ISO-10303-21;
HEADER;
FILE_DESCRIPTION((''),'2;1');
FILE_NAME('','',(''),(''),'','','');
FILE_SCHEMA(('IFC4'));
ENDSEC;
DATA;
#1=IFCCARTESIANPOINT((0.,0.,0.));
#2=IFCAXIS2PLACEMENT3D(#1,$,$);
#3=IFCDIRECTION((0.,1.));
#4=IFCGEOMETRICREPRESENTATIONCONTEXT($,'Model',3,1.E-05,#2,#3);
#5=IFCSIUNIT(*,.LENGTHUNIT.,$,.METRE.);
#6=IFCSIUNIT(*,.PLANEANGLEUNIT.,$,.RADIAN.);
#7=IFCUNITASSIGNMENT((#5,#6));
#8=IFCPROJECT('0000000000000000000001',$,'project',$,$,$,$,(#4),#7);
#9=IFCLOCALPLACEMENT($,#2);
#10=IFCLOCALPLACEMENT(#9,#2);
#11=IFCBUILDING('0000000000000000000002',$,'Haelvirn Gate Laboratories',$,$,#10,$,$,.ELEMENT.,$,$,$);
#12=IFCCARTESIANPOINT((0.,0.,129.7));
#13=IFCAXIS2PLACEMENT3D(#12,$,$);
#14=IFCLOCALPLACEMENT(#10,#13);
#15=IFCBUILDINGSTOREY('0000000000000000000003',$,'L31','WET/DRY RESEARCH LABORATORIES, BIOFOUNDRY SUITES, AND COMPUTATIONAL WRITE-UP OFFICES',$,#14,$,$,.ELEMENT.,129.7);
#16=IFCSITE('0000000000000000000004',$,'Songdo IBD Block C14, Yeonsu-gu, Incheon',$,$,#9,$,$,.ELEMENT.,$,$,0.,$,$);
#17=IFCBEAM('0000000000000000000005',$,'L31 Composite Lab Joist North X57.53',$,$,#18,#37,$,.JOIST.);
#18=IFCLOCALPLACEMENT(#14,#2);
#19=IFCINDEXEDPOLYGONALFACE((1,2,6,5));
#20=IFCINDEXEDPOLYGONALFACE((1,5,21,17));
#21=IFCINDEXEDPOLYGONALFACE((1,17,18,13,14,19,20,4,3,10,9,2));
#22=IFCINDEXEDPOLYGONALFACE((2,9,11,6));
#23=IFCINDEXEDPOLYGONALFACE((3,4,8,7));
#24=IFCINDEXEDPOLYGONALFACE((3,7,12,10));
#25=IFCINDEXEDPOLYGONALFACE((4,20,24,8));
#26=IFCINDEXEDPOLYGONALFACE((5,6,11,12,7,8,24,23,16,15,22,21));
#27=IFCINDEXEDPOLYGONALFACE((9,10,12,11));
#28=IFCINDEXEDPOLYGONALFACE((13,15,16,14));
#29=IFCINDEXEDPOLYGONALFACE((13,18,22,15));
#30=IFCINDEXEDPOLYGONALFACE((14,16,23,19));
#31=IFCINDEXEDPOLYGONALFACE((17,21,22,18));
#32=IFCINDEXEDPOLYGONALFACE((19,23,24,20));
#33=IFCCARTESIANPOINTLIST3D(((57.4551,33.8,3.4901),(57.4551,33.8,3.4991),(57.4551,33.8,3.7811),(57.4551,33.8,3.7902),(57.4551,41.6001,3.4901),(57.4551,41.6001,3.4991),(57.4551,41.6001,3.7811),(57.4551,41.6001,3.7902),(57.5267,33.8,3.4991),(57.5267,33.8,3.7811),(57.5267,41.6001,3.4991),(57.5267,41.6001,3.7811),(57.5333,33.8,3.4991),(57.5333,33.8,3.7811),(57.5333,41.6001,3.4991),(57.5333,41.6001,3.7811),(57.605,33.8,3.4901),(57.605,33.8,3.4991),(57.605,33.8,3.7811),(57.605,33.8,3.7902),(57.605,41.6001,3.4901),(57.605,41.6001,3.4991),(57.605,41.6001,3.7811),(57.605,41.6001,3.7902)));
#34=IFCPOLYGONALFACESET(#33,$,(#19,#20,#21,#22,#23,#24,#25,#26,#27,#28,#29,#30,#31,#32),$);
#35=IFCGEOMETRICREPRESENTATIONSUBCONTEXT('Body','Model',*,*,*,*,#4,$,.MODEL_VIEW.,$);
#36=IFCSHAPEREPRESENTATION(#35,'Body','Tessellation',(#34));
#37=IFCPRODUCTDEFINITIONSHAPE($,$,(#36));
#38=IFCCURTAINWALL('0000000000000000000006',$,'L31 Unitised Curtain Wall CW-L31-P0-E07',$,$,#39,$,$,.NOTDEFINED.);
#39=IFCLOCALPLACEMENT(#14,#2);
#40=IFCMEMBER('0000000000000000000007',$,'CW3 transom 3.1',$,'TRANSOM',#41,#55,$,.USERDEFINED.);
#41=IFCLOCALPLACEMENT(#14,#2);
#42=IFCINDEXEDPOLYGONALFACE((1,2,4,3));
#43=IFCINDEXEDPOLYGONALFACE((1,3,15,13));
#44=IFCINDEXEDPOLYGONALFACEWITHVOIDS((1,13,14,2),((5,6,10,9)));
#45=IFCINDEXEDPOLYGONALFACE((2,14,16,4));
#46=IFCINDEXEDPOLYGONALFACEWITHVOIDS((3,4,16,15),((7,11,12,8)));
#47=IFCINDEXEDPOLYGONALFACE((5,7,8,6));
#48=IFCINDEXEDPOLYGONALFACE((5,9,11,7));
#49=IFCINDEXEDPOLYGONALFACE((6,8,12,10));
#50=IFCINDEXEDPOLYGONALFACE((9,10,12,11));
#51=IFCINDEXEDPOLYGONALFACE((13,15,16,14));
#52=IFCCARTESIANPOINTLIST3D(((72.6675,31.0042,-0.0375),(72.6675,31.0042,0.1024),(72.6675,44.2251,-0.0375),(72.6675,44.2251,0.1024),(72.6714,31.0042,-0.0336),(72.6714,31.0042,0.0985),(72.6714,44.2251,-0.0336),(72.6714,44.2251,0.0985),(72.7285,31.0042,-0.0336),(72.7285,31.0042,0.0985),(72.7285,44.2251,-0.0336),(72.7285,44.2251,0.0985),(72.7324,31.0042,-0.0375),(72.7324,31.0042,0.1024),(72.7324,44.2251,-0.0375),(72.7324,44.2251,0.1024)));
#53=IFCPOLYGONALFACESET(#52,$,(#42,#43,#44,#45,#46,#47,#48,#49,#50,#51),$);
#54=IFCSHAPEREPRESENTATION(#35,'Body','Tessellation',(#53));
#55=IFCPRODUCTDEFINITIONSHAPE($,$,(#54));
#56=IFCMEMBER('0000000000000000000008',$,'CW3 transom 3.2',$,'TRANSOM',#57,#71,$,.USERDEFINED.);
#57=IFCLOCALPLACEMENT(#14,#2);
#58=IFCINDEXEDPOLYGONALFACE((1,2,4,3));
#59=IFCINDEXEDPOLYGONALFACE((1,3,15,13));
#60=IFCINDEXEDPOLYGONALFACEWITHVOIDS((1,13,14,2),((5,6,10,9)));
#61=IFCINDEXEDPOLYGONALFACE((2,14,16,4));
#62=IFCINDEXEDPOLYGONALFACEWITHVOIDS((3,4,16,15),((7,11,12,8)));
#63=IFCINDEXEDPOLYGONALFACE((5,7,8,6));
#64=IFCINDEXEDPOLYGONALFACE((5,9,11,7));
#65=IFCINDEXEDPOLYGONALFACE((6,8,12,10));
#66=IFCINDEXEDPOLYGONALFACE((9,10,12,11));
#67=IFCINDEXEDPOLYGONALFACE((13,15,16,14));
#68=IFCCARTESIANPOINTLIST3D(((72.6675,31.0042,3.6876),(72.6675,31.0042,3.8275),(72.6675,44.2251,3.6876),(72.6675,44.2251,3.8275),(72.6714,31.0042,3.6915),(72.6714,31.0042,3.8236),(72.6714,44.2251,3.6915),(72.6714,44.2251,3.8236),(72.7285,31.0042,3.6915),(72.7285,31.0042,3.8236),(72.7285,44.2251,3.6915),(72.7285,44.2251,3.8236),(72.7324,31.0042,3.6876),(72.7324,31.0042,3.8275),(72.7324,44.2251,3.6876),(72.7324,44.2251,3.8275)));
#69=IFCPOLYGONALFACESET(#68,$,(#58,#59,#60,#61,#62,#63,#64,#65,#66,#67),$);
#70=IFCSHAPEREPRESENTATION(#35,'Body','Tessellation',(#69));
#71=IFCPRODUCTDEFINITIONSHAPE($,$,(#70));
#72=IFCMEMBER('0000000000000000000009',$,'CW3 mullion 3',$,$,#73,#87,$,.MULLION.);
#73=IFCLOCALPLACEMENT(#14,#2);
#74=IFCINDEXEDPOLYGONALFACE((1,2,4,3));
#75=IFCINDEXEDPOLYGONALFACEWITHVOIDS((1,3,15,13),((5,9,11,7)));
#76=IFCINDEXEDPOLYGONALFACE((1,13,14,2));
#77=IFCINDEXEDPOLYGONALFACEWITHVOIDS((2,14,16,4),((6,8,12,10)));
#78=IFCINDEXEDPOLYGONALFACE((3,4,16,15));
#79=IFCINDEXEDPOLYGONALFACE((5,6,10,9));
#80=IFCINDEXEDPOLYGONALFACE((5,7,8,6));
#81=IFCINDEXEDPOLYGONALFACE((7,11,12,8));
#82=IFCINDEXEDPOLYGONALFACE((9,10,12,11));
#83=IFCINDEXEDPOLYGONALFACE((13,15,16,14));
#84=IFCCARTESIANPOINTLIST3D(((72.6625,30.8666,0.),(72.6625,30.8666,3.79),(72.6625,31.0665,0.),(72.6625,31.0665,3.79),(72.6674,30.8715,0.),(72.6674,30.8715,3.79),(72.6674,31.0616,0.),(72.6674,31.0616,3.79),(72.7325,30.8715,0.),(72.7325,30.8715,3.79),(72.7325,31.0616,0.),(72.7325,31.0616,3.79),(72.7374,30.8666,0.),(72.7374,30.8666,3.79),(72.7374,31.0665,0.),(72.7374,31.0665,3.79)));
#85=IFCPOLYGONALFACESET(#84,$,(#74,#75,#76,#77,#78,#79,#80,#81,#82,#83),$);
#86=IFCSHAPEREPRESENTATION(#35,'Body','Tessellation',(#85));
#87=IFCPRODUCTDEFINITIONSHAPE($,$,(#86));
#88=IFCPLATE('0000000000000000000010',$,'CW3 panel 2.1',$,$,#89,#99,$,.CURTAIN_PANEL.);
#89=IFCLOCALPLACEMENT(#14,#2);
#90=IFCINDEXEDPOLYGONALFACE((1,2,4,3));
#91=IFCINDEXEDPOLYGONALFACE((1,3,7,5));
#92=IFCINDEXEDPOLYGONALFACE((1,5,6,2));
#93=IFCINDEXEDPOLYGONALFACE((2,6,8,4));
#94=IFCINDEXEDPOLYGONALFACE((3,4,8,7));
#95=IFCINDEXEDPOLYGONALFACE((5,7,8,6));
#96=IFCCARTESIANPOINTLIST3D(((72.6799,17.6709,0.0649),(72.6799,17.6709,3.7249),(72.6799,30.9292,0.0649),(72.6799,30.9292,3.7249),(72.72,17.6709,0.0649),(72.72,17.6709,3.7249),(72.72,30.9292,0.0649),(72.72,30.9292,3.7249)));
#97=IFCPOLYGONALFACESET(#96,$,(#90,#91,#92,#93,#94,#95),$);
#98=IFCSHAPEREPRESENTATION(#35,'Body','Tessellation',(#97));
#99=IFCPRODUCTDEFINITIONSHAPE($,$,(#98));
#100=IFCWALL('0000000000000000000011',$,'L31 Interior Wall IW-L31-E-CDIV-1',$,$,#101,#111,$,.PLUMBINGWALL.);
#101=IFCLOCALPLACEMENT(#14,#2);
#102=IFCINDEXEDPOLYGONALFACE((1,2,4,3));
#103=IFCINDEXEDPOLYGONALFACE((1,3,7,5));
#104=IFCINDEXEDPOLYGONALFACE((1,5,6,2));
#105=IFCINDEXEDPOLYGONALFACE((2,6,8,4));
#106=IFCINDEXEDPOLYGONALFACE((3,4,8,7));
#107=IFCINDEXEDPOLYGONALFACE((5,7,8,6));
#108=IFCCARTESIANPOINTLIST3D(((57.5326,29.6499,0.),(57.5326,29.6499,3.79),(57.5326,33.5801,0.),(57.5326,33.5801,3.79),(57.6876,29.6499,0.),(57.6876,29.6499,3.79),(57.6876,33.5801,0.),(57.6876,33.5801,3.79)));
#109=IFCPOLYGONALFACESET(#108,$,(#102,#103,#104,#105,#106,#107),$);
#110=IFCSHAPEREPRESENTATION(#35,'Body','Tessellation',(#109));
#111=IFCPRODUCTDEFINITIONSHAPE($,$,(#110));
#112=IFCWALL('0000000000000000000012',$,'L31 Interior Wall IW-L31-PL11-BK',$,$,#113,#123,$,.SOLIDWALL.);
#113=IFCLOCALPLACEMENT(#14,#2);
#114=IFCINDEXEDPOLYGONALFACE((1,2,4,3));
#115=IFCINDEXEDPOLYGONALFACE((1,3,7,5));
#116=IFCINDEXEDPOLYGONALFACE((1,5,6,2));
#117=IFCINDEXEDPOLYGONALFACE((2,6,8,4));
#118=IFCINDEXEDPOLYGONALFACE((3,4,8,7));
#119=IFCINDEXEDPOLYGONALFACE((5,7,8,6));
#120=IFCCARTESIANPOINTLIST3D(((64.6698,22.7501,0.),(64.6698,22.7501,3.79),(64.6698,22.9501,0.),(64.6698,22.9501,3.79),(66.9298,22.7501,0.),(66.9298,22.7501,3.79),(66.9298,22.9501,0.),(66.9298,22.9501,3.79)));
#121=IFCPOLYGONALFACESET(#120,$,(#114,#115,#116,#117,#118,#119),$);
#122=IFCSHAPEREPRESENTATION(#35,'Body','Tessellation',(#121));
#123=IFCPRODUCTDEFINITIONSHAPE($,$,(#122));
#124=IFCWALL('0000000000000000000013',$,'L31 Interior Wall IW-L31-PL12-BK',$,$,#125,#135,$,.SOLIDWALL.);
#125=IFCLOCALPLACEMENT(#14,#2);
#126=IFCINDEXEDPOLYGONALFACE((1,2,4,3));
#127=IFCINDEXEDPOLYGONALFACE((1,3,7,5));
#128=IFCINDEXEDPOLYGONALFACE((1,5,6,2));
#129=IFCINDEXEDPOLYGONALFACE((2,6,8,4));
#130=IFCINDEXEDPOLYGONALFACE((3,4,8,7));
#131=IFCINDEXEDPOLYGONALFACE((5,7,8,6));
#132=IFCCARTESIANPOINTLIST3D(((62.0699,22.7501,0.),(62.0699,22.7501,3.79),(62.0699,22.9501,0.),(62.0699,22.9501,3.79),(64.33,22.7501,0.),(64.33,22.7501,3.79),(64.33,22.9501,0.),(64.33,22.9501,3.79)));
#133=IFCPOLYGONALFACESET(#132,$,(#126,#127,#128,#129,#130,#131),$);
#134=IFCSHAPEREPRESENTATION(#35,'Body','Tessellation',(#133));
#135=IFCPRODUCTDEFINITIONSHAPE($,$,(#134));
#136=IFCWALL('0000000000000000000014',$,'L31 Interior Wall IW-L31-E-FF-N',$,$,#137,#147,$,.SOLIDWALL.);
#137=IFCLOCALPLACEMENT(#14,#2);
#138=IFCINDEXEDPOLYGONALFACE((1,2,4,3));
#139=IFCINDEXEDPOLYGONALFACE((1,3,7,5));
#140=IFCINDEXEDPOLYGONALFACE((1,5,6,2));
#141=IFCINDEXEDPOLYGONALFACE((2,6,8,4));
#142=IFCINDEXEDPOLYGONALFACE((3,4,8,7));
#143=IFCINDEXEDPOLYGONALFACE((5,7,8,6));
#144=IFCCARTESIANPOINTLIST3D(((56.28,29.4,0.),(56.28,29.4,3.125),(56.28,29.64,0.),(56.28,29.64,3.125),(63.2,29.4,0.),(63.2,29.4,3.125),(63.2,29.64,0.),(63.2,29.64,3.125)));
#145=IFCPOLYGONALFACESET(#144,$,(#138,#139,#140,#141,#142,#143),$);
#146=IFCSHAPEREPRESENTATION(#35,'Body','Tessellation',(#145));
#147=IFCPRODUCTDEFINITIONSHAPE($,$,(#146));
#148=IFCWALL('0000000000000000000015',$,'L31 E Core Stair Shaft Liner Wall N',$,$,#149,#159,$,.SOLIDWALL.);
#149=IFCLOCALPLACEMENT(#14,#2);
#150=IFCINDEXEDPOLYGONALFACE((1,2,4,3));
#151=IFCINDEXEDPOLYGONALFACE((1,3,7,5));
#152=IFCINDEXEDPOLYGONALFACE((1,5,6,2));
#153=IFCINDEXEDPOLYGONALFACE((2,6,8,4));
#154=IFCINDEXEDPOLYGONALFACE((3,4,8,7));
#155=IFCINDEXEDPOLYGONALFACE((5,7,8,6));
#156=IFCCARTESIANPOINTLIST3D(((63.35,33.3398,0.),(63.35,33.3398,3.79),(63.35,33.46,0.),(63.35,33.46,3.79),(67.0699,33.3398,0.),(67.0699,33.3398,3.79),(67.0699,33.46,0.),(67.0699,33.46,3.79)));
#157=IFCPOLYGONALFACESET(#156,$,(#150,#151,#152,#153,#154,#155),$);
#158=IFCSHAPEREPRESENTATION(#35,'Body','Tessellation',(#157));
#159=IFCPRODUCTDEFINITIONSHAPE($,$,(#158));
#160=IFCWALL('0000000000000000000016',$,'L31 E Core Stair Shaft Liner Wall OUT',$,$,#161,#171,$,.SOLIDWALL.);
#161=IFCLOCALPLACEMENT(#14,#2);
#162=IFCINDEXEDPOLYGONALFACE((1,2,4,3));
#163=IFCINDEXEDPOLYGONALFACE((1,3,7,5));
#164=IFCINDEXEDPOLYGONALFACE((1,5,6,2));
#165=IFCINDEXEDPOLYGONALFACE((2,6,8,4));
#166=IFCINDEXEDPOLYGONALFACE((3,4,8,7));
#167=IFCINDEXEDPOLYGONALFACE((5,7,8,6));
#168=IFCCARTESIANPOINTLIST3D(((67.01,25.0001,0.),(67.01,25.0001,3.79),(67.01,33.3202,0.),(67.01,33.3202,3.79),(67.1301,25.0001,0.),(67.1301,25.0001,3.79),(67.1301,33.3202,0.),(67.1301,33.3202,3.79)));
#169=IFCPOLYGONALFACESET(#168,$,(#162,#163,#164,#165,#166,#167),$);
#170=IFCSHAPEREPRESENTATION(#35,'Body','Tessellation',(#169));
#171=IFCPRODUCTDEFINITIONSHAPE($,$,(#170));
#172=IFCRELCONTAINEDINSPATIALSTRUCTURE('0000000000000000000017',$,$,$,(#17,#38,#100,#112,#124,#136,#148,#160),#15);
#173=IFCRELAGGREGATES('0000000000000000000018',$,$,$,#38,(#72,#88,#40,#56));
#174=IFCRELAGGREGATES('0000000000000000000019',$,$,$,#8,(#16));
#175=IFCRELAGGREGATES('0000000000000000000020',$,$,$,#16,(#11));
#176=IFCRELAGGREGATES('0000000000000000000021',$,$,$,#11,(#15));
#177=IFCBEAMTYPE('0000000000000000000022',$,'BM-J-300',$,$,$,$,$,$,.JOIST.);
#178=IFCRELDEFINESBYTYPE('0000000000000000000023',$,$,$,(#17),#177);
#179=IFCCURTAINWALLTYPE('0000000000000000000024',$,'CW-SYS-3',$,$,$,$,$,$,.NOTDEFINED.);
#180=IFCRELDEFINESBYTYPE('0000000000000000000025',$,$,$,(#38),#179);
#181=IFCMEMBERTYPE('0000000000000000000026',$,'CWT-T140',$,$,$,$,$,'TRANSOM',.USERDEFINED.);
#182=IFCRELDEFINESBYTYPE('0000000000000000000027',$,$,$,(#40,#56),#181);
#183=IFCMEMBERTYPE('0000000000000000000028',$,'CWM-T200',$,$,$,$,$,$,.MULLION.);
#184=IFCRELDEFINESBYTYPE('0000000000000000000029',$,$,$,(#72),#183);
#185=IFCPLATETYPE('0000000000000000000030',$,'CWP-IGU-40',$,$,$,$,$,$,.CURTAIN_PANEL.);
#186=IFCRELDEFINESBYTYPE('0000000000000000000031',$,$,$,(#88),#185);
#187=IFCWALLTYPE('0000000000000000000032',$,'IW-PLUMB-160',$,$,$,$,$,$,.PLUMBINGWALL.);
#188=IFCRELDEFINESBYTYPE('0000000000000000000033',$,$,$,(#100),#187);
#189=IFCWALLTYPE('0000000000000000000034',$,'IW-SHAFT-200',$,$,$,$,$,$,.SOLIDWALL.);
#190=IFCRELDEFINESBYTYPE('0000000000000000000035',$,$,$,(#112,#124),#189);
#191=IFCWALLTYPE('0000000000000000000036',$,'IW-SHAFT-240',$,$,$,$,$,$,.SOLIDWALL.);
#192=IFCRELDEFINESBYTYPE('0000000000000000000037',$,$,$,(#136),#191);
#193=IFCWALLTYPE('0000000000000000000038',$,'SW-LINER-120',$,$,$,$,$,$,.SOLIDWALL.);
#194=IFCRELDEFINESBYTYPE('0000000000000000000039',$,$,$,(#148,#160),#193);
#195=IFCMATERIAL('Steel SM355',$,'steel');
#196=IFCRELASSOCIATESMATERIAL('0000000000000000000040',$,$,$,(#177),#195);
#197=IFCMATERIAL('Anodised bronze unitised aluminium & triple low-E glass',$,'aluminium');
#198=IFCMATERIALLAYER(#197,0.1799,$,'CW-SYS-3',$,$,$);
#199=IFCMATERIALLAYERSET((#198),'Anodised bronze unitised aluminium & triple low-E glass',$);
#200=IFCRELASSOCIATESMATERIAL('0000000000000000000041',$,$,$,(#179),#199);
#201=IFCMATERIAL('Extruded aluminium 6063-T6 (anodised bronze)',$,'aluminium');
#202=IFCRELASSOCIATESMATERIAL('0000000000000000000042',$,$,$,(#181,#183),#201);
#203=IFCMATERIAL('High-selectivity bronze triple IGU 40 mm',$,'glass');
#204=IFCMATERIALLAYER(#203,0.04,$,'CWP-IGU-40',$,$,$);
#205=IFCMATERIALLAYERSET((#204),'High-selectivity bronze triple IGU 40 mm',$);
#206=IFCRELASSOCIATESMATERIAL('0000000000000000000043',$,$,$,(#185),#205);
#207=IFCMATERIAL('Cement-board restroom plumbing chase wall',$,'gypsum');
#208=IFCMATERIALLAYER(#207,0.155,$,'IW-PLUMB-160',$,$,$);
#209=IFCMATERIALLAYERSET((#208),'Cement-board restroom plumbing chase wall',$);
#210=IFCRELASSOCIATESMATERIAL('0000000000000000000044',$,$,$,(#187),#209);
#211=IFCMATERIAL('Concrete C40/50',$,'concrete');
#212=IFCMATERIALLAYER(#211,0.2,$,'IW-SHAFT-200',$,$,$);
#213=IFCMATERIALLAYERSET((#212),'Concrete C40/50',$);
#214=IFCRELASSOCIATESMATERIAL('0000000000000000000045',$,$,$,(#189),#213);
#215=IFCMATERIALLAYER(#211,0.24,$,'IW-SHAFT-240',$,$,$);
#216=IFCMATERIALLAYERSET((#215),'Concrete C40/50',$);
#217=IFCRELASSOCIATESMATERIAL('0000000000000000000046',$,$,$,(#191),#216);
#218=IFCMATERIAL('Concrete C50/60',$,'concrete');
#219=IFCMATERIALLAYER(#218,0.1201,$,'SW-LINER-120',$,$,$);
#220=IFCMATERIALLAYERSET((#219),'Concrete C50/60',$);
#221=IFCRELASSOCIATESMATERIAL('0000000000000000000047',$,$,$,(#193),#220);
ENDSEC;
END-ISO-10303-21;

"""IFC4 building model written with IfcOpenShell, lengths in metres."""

from ifc_helpers import new_model, si_unit, direction, frame, frame_2d, origin, origin_2d, place, context, subcontext, project, spatial, rectangle, hollow_rectangle, i_section, extrude, source, transform, mapped, material, layer, layer_set, material_profile, profile_set, type_object, type_shapes, element, aggregate, save


model = new_model("IFC4")

# Units and contexts
model_context = context("Model", 3, precision=1e-05, world=origin(), true_north=direction((0.0, 1.0)))
body_context = subcontext(model_context, "Body", "Model", "MODEL_VIEW")
ifc_project = project(units=[si_unit("LENGTHUNIT", "METRE"), si_unit("PLANEANGLEUNIT", "RADIAN")], contexts=[model_context])

# Site, building, storey
site_placement = place(None, origin())
site = spatial("IfcSite", under=ifc_project, at=site_placement, Name="Songdo IBD Block C14, Yeonsu-gu, Incheon", CompositionType="ELEMENT", RefElevation=0.0)
building_placement = place(site_placement, origin())
building = spatial("IfcBuilding", under=site, at=building_placement, Name="Haelvirn Gate Laboratories", CompositionType="ELEMENT")
storey_placement = place(building_placement, frame((0.0, 0.0, 129.7)))
storey = spatial("IfcBuildingStorey", under=building, at=storey_placement, Name="L31", Description="WET/DRY RESEARCH LABORATORIES, BIOFOUNDRY SUITES, AND COMPUTATIONAL WRITE-UP OFFICES", CompositionType="ELEMENT", Elevation=129.7)

# Beam
ifc_material_1 = material(Name="Steel SM355", Category="steel")
ifc_material_profile_1 = material_profile(ifc_material_1, i_section(OverallWidth=0.1499, OverallDepth=0.3, WebThickness=0.0066, FlangeThickness=0.009, at=origin_2d()), Name="H-300x150x6.5x9")
ifc_profile_set_1 = profile_set([ifc_material_profile_1], Name="Steel SM355")
beam_type = type_object("IfcBeamType", Name="BM-J-300", PredefinedType="JOIST", material=ifc_profile_set_1)
shared_shape_1 = source(origin(), body_context, "Body", "SweptSolid", [
    extrude(i_section(OverallWidth=0.1499, OverallDepth=0.3, WebThickness=0.0066, FlangeThickness=0.009, at=origin_2d()), origin(), (0.0, 0.0, 1.0), 7.8),
])
type_shapes(beam_type, [shared_shape_1])
beam_placement = place(storey_placement, frame((57.53, 33.8, 3.6401), z_axis=(0.0, 1.0, 0.0), x_axis=(-1.0, 0.0, 0.0)))
element("IfcBeam", 1, at=beam_placement, inside=storey, type_object=beam_type, Name="L31 Composite Lab Joist North X57.53", PredefinedType="JOIST", context=body_context, shape_type="MappedRepresentation", body=[
    mapped(shared_shape_1, transform((0.0, 0.0, 0.0), scale=1.0)),
])

# Curtain wall, members, plate
ifc_material_2 = material(Name="Anodised bronze unitised aluminium & triple low-E glass", Category="aluminium")
ifc_layer_1 = layer(ifc_material_2, 0.1799, Name="CW-SYS-3")
ifc_layer_set_1 = layer_set([ifc_layer_1], Name="Anodised bronze unitised aluminium & triple low-E glass")
curtain_wall_type = type_object("IfcCurtainWallType", Name="CW-SYS-3", PredefinedType="NOTDEFINED", material=ifc_layer_set_1)
curtain_wall_placement = place(storey_placement, origin())
curtain_wall = element("IfcCurtainWall", 2, at=curtain_wall_placement, inside=storey, type_object=curtain_wall_type, Name="L31 Unitised Curtain Wall CW-L31-P0-E07", PredefinedType="NOTDEFINED")
ifc_material_3 = material(Name="Extruded aluminium 6063-T6 (anodised bronze)", Category="aluminium")
ifc_material_profile_2 = material_profile(ifc_material_3, hollow_rectangle(XDim=0.0649, YDim=0.1399, WallThickness=0.0039, at=origin_2d()), Name="CWT-140x65x4")
ifc_profile_set_2 = profile_set([ifc_material_profile_2], Name="Extruded aluminium 6063-T6 (anodised bronze)")
member_type_1 = type_object("IfcMemberType", Name="CWT-T140", ElementType="TRANSOM", PredefinedType="USERDEFINED", material=ifc_profile_set_2)
shared_shape_2 = source(origin(), body_context, "Body", "SweptSolid", [
    extrude(hollow_rectangle(XDim=0.0649, YDim=0.1399, WallThickness=0.0039, at=origin_2d()), origin(), (0.0, 0.0, 1.0), 13.2209),
])
type_shapes(member_type_1, [shared_shape_2])
member_1_placement = place(storey_placement, frame((72.7, 31.0042, 0.0325), z_axis=(0.0, 1.0, 0.0), x_axis=(-1.0, 0.0, 0.0)))
member_1 = element("IfcMember", 3, at=member_1_placement, type_object=member_type_1, Name="CW3 transom 3.1", ObjectType="TRANSOM", PredefinedType="USERDEFINED", context=body_context, shape_type="MappedRepresentation", body=[
    mapped(shared_shape_2, transform((0.0, 0.0, 0.0), scale=1.0)),
])
member_2_placement = place(storey_placement, frame((72.7, 31.0042, 3.7576), z_axis=(0.0, 1.0, 0.0), x_axis=(-1.0, 0.0, 0.0)))
member_2 = element("IfcMember", 4, at=member_2_placement, type_object=member_type_1, Name="CW3 transom 3.2", ObjectType="TRANSOM", PredefinedType="USERDEFINED", context=body_context, shape_type="MappedRepresentation", body=[
    mapped(shared_shape_2, transform((0.0, 0.0, 0.0), scale=1.0)),
])
ifc_material_profile_3 = material_profile(ifc_material_3, hollow_rectangle(XDim=0.075, YDim=0.2, WallThickness=0.0049, at=origin_2d()), Name="CWM-200x75x5")
ifc_profile_set_3 = profile_set([ifc_material_profile_3], Name="Extruded aluminium 6063-T6 (anodised bronze)")
member_type_2 = type_object("IfcMemberType", Name="CWM-T200", PredefinedType="MULLION", material=ifc_profile_set_3)
shared_shape_3 = source(origin(), body_context, "Body", "SweptSolid", [
    extrude(hollow_rectangle(XDim=0.075, YDim=0.2, WallThickness=0.0049, at=origin_2d()), origin(), (0.0, 0.0, 1.0), 3.79),
])
type_shapes(member_type_2, [shared_shape_3])
member_3_placement = place(storey_placement, frame((72.7, 30.9666, 0.0), z_axis=(0.0, 0.0, 1.0), x_axis=(-1.0, 0.0, 0.0)))
member_3 = element("IfcMember", 5, at=member_3_placement, type_object=member_type_2, Name="CW3 mullion 3", PredefinedType="MULLION", context=body_context, shape_type="MappedRepresentation", body=[
    mapped(shared_shape_3, transform((0.0, 0.0, 0.0), scale=1.0)),
])
ifc_material_4 = material(Name="High-selectivity bronze triple IGU 40 mm", Category="glass")
ifc_layer_2 = layer(ifc_material_4, 0.04, Name="CWP-IGU-40")
ifc_layer_set_2 = layer_set([ifc_layer_2], Name="High-selectivity bronze triple IGU 40 mm")
plate_type = type_object("IfcPlateType", Name="CWP-IGU-40", PredefinedType="CURTAIN_PANEL", material=ifc_layer_set_2)
shared_shape_4 = source(origin(), body_context, "Body", "SweptSolid", [
    extrude(rectangle(XDim=13.2583, YDim=0.04, at=origin_2d()), origin(), (0.0, 0.0, 1.0), 3.6599),
])
type_shapes(plate_type, [shared_shape_4])
plate_placement = place(storey_placement, frame((72.7, 24.3, 0.0649), z_axis=(0.0, 0.0, 1.0), x_axis=(0.0, 1.0, 0.0)))
plate = element("IfcPlate", 6, at=plate_placement, type_object=plate_type, Name="CW3 panel 2.1", PredefinedType="CURTAIN_PANEL", context=body_context, shape_type="MappedRepresentation", body=[
    mapped(shared_shape_4, transform((0.0, 0.0, 0.0), scale=1.0)),
])
aggregate(curtain_wall, [member_3, plate, member_1, member_2])

# Walls
ifc_material_5 = material(Name="Cement-board restroom plumbing chase wall", Category="gypsum")
ifc_layer_3 = layer(ifc_material_5, 0.155, Name="IW-PLUMB-160")
ifc_layer_set_3 = layer_set([ifc_layer_3], Name="Cement-board restroom plumbing chase wall")
wall_type_1 = type_object("IfcWallType", Name="IW-PLUMB-160", PredefinedType="PLUMBINGWALL", material=ifc_layer_set_3)
wall_1_placement = place(storey_placement, frame((57.6101, 29.6499, 0.0), z_axis=(0.0, 0.0, 1.0), x_axis=(0.0, 1.0, 0.0)))
element("IfcWall", 7, at=wall_1_placement, inside=storey, type_object=wall_type_1, Name="L31 Interior Wall IW-L31-E-CDIV-1", PredefinedType="PLUMBINGWALL", context=body_context, shape_type="SweptSolid", body=[
    extrude(rectangle(XDim=3.9302, YDim=0.155, at=frame_2d((1.9651, 0.0))), origin(), (0.0, 0.0, 1.0), 3.79),
])
ifc_material_6 = material(Name="Concrete C40/50", Category="concrete")
ifc_layer_4 = layer(ifc_material_6, 0.2, Name="IW-SHAFT-200")
ifc_layer_set_4 = layer_set([ifc_layer_4], Name="Concrete C40/50")
wall_type_2 = type_object("IfcWallType", Name="IW-SHAFT-200", PredefinedType="SOLIDWALL", material=ifc_layer_set_4)
for number, where, z_axis, x_axis, name in (
    (8, (64.6699, 22.8501, 0.0), (0.0, 0.0, 1.0), (1.0, 0.0, 0.0), "L31 Interior Wall IW-L31-PL11-BK"),
    (9, (62.0701, 22.8501, 0.0), (0.0, 0.0, 1.0), (1.0, 0.0, 0.0), "L31 Interior Wall IW-L31-PL12-BK"),
):
    element("IfcWall", number, at=place(storey_placement, frame(where, z_axis=z_axis, x_axis=x_axis)), inside=storey, type_object=wall_type_2, Name=name, PredefinedType="SOLIDWALL", context=body_context, shape_type="SweptSolid", body=[
        extrude(rectangle(XDim=2.26, YDim=0.2, at=frame_2d((1.1299, 0.0))), origin(), (0.0, 0.0, 1.0), 3.79),
    ])
ifc_layer_5 = layer(ifc_material_6, 0.24, Name="IW-SHAFT-240")
ifc_layer_set_5 = layer_set([ifc_layer_5], Name="Concrete C40/50")
wall_type_3 = type_object("IfcWallType", Name="IW-SHAFT-240", PredefinedType="SOLIDWALL", material=ifc_layer_set_5)
wall_2_placement = place(storey_placement, frame((56.28, 29.52, 0.0), z_axis=(0.0, 0.0, 1.0), x_axis=(1.0, 0.0, 0.0)))
element("IfcWall", 10, at=wall_2_placement, inside=storey, type_object=wall_type_3, Name="L31 Interior Wall IW-L31-E-FF-N", PredefinedType="SOLIDWALL", context=body_context, shape_type="SweptSolid", body=[
    extrude(rectangle(XDim=6.9199, YDim=0.24, at=frame_2d((3.46, 0.0))), origin(), (0.0, 0.0, 1.0), 3.125),
])
ifc_material_7 = material(Name="Concrete C50/60", Category="concrete")
ifc_layer_6 = layer(ifc_material_7, 0.1201, Name="SW-LINER-120")
ifc_layer_set_6 = layer_set([ifc_layer_6], Name="Concrete C50/60")
wall_type_4 = type_object("IfcWallType", Name="SW-LINER-120", PredefinedType="SOLIDWALL", material=ifc_layer_set_6)
wall_3_placement = place(storey_placement, frame((63.3501, 33.3999, 0.0), z_axis=(0.0, 0.0, 1.0), x_axis=(1.0, 0.0, 0.0)))
element("IfcWall", 11, at=wall_3_placement, inside=storey, type_object=wall_type_4, Name="L31 E Core Stair Shaft Liner Wall N", PredefinedType="SOLIDWALL", context=body_context, shape_type="SweptSolid", body=[
    extrude(rectangle(XDim=3.72, YDim=0.1201, at=frame_2d((1.8599, 0.0))), origin(), (0.0, 0.0, 1.0), 3.79),
])
wall_4_placement = place(storey_placement, frame((67.0701, 25.0, 0.0), z_axis=(0.0, 0.0, 1.0), x_axis=(0.0, 1.0, 0.0)))
element("IfcWall", 12, at=wall_4_placement, inside=storey, type_object=wall_type_4, Name="L31 E Core Stair Shaft Liner Wall OUT", PredefinedType="SOLIDWALL", context=body_context, shape_type="SweptSolid", body=[
    extrude(rectangle(XDim=8.3201, YDim=0.1201, at=frame_2d((4.1602, 0.0))), origin(), (0.0, 0.0, 1.0), 3.79),
])

save(model, "model.ifc")
